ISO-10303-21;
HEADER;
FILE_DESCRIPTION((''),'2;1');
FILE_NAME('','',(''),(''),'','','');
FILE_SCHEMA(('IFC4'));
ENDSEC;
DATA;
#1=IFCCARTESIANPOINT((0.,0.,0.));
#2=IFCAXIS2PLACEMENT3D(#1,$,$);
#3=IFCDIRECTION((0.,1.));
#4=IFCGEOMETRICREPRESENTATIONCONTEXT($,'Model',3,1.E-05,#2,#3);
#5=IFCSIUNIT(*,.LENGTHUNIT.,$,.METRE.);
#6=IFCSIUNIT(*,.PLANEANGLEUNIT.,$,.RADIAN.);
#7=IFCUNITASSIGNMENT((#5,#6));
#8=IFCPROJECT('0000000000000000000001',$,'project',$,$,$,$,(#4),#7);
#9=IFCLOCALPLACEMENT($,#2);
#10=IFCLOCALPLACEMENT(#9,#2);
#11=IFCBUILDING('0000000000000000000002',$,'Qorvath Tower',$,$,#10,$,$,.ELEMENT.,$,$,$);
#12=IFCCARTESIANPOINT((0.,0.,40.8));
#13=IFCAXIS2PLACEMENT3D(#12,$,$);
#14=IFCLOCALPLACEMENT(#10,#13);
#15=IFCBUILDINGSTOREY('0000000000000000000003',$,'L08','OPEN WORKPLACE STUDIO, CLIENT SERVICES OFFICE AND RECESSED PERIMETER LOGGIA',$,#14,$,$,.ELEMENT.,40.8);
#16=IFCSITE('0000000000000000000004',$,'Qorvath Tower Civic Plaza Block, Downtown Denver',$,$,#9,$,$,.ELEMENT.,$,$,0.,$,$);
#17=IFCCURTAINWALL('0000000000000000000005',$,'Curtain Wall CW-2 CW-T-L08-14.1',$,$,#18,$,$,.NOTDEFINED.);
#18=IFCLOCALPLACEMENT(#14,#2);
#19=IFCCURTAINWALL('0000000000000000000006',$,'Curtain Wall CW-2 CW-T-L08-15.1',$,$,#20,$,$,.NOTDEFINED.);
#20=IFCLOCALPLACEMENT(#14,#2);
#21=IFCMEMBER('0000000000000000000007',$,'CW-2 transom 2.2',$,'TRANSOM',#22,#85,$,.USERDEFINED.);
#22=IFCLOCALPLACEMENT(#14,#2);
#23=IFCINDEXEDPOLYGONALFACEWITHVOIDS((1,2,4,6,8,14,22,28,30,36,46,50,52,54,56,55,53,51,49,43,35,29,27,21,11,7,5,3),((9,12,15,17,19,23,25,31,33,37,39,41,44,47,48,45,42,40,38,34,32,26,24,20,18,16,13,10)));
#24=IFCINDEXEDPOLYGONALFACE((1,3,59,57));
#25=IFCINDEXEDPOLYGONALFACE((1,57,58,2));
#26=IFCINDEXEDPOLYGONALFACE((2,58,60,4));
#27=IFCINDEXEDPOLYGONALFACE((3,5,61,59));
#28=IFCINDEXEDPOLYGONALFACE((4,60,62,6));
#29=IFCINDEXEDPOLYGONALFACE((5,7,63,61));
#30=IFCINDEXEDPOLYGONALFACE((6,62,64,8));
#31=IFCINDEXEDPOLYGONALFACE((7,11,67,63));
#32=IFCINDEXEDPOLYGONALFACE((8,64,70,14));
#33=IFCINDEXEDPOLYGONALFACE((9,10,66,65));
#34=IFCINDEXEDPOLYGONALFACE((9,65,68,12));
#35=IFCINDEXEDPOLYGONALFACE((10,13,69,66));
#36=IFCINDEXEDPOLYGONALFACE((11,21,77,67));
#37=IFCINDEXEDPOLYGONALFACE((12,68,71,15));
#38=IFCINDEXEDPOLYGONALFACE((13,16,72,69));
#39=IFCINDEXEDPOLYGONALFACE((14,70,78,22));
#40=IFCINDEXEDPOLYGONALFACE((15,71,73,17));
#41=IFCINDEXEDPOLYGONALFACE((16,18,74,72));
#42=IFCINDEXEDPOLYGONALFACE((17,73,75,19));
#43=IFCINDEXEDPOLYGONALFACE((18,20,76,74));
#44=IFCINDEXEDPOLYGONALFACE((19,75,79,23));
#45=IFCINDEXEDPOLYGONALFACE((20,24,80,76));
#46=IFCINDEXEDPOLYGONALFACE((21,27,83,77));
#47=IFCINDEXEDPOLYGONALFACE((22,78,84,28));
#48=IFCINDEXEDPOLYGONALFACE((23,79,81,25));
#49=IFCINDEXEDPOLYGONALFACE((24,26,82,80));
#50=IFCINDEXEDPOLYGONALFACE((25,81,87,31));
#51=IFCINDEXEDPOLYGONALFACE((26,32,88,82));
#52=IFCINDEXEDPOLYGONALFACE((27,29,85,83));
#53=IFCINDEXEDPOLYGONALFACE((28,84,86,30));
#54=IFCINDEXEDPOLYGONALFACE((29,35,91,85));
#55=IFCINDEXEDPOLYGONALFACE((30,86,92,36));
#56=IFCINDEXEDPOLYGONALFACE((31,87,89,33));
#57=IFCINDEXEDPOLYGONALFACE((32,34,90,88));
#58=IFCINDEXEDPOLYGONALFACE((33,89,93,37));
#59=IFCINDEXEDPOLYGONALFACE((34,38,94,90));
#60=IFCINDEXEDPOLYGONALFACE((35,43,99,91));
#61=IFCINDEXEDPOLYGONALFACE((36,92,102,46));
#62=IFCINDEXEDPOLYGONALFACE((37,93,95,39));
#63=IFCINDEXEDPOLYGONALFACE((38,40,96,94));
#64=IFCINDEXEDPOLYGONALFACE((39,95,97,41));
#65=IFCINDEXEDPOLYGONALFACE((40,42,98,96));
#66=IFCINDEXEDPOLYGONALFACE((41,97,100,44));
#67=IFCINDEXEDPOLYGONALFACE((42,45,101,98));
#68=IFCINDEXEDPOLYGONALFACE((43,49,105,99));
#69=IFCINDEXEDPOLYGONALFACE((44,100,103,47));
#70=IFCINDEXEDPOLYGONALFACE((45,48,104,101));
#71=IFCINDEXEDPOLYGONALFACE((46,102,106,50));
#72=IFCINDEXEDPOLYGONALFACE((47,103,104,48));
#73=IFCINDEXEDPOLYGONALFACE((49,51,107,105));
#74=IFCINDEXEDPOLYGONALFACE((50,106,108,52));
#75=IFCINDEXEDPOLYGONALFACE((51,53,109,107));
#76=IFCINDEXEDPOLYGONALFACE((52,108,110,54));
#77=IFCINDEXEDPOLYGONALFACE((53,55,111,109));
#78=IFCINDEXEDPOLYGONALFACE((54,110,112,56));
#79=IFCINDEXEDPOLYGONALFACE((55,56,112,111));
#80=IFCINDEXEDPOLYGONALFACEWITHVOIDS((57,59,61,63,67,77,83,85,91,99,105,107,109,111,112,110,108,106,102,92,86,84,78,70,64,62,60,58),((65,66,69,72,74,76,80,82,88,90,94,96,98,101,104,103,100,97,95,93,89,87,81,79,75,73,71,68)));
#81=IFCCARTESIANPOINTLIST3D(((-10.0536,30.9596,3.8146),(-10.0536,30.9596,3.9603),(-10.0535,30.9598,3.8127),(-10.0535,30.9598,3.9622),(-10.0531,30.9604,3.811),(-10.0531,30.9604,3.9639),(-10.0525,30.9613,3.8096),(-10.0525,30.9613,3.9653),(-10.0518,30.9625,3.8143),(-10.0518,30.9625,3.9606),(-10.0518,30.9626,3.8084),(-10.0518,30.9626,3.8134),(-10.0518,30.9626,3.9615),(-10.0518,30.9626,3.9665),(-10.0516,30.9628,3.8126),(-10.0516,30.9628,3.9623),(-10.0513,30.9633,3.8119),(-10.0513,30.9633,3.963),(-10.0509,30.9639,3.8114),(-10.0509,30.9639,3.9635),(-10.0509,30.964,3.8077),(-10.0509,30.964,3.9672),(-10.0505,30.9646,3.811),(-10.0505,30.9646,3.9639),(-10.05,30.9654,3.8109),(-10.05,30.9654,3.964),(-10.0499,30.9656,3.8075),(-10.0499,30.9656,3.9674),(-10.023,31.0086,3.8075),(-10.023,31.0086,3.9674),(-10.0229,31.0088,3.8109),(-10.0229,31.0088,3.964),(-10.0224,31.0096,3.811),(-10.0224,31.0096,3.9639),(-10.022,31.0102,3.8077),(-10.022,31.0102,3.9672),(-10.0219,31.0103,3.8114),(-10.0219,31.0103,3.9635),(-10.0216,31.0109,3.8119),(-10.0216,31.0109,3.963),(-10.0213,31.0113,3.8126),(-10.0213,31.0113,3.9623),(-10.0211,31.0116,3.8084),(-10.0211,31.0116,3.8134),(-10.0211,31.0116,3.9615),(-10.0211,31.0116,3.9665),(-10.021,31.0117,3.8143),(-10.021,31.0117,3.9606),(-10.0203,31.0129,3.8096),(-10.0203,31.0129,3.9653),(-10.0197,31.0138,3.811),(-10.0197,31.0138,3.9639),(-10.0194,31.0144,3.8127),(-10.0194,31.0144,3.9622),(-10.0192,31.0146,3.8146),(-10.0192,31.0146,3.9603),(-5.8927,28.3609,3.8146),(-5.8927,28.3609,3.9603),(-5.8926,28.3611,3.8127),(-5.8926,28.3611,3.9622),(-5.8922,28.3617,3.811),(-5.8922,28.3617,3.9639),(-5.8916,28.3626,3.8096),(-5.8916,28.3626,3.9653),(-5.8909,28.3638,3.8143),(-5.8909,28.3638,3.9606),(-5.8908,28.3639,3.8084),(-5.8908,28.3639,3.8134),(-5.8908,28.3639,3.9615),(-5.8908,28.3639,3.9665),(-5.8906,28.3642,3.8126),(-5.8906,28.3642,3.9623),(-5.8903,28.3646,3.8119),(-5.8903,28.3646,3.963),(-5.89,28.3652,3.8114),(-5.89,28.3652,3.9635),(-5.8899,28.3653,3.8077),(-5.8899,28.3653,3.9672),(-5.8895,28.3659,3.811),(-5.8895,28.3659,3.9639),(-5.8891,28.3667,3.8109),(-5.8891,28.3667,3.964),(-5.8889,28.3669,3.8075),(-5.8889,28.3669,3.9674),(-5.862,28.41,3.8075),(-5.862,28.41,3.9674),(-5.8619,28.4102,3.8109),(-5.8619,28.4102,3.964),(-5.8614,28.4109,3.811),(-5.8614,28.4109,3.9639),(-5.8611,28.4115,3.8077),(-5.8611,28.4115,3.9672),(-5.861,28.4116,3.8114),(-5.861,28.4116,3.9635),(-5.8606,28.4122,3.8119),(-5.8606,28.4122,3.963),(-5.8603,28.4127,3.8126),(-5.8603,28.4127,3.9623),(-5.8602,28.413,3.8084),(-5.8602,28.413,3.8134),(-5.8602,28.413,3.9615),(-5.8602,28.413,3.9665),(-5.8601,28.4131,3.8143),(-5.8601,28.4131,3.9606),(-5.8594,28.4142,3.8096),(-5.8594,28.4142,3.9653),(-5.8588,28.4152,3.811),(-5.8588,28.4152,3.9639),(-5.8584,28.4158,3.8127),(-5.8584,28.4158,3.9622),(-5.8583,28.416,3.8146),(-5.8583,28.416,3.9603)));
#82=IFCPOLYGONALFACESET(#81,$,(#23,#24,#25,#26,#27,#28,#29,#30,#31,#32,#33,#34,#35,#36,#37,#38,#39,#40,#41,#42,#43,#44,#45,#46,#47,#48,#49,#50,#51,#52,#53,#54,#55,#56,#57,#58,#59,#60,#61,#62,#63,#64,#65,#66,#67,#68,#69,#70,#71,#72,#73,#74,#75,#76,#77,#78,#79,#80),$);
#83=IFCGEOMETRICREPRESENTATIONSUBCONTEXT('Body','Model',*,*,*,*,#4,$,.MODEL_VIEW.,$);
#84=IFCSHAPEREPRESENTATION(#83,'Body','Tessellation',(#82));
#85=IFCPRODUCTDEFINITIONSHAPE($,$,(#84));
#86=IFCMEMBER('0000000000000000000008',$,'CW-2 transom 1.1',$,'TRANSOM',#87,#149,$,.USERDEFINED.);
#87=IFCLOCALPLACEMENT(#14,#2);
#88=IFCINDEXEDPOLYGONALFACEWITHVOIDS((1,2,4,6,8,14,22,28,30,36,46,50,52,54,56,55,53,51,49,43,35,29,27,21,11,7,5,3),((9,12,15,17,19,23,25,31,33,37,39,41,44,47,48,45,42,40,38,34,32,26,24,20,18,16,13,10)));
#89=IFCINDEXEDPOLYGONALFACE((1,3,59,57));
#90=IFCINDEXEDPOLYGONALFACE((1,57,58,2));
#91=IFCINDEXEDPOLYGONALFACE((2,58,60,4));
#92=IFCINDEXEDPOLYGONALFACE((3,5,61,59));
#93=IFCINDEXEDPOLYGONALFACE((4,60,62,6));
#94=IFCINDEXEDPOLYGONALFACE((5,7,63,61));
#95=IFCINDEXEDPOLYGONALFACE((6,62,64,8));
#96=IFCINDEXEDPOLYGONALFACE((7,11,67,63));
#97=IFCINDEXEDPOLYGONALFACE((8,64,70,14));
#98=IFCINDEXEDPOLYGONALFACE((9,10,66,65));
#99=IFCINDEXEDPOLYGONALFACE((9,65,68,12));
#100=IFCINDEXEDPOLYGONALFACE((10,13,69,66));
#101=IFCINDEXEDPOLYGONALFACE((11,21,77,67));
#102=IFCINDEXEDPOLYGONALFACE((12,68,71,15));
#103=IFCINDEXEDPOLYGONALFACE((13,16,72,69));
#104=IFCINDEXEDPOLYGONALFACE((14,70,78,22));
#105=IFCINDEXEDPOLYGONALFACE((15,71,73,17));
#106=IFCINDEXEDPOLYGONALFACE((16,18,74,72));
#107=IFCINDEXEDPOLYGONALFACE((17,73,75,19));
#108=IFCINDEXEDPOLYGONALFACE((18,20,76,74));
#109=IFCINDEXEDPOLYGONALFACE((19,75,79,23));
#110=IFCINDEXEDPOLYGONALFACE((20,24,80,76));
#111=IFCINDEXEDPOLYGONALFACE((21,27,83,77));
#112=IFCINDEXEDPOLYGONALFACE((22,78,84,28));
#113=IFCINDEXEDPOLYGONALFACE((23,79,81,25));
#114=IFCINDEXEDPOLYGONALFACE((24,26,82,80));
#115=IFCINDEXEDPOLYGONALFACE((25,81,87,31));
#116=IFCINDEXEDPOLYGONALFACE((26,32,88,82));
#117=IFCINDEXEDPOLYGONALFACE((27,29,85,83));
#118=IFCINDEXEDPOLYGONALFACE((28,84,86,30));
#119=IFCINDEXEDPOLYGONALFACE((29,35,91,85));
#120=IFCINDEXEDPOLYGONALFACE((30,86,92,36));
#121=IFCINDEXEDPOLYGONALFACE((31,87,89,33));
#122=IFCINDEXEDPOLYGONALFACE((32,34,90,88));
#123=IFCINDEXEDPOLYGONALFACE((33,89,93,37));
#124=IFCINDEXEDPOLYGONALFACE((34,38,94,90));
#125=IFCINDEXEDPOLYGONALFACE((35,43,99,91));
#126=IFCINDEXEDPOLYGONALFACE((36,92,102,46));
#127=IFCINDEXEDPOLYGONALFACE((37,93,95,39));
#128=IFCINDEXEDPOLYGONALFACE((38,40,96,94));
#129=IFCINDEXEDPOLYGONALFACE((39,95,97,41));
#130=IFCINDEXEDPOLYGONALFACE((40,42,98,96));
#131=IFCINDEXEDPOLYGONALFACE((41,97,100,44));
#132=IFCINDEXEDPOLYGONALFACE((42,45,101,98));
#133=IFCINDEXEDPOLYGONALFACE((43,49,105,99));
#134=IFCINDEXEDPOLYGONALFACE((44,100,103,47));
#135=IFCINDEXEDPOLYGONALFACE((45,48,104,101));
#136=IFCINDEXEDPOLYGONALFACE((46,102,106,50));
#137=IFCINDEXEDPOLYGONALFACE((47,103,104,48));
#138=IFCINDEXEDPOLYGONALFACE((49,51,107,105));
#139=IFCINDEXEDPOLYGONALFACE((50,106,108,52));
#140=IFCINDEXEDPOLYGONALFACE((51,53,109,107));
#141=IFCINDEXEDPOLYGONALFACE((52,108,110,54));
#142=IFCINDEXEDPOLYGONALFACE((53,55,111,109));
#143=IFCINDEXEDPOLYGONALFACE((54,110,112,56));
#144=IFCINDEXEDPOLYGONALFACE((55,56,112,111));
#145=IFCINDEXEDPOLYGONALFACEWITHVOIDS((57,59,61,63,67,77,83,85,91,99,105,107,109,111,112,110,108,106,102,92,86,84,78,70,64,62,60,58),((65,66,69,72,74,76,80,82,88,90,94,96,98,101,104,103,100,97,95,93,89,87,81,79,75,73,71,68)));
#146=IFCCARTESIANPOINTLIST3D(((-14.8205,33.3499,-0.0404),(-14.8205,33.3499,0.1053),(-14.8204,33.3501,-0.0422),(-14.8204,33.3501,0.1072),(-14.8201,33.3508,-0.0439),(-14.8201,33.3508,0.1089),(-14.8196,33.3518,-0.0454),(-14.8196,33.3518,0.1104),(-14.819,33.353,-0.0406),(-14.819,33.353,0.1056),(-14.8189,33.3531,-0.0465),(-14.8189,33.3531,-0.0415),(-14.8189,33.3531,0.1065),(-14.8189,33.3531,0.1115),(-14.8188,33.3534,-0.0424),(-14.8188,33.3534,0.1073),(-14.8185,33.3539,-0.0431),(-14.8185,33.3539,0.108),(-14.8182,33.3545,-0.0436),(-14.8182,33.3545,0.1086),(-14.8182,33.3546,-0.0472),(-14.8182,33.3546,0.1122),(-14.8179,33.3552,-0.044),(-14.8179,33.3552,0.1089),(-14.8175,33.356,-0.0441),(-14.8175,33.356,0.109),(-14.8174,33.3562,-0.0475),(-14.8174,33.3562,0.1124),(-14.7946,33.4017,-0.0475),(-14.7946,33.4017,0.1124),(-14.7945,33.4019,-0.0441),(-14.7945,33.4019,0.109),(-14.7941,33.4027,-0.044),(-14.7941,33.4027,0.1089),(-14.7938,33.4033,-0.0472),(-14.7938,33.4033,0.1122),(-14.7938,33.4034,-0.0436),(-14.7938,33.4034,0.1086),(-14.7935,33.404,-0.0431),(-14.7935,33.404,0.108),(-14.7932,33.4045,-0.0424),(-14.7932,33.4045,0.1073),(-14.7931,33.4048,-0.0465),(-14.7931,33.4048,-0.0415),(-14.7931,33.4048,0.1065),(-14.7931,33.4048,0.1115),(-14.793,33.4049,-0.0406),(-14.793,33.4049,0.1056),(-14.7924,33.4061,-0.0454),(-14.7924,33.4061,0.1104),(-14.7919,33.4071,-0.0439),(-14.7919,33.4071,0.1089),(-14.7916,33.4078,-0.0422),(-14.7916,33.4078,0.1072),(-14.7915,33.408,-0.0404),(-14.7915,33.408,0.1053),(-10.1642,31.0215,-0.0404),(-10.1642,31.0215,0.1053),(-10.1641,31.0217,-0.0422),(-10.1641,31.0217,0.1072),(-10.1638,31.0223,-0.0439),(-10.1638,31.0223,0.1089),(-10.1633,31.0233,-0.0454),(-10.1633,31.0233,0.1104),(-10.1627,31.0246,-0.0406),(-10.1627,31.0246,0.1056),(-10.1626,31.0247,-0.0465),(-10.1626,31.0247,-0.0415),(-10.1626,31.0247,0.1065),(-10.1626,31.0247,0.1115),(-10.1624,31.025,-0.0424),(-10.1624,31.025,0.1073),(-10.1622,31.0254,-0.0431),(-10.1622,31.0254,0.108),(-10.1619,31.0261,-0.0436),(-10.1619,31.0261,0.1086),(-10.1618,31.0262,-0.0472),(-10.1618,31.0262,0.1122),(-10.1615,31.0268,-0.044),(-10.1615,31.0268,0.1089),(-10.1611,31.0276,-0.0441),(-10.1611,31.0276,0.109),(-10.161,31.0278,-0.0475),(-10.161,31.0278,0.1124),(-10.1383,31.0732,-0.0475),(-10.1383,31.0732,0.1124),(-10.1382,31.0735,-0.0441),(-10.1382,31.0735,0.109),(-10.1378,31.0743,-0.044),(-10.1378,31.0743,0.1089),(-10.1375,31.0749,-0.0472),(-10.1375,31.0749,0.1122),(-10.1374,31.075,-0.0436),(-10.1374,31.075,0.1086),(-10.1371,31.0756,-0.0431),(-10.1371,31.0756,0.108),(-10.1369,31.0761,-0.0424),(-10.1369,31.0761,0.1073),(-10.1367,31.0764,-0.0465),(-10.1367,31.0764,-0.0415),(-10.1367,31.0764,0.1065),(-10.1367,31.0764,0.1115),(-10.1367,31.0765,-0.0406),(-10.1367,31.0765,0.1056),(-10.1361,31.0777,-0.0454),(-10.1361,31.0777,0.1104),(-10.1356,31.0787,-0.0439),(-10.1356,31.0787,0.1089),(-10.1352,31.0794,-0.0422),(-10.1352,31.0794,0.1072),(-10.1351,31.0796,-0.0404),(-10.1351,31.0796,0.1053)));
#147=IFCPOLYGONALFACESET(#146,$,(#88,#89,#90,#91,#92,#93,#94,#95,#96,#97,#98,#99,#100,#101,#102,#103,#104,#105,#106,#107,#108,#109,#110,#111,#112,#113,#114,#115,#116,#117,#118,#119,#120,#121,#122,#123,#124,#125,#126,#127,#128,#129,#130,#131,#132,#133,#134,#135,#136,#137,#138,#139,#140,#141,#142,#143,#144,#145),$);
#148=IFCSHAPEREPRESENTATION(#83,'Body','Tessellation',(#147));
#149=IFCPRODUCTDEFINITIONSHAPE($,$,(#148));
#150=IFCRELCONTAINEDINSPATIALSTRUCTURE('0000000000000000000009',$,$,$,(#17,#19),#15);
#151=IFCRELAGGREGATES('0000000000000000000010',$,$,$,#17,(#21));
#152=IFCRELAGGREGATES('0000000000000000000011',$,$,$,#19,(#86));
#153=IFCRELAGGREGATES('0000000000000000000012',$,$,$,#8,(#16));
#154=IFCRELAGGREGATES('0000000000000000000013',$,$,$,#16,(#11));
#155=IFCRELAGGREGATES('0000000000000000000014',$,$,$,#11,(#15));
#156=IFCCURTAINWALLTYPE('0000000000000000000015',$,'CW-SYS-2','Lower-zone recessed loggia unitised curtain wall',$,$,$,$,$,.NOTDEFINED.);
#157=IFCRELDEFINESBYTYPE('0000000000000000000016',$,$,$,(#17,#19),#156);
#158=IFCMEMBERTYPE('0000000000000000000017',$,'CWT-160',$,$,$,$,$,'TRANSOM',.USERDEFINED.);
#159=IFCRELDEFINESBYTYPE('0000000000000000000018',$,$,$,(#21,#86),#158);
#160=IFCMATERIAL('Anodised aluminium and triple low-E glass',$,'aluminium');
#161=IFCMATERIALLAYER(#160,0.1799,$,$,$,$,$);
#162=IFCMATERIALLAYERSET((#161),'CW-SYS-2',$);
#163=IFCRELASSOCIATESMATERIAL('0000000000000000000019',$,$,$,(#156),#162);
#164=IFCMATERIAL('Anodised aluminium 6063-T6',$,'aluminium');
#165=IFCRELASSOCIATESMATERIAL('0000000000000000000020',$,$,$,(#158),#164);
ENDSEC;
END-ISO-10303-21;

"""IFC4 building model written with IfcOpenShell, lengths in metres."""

from ifc_helpers import new_model, si_unit, direction, frame, origin, origin_2d, place, context, subcontext, project, spatial, hollow_rectangle, extrude, material, layer, layer_set, material_profile, profile_set, type_object, element, aggregate, save


model = new_model("IFC4")

# Units and contexts
model_context = context("Model", 3, precision=1e-05, world=origin(), true_north=direction((0.0, 1.0)))
body_context = subcontext(model_context, "Body", "Model", "MODEL_VIEW")
ifc_project = project(units=[si_unit("LENGTHUNIT", "METRE"), si_unit("PLANEANGLEUNIT", "RADIAN")], contexts=[model_context])

# Site, building, storey
site_placement = place(None, origin())
site = spatial("IfcSite", under=ifc_project, at=site_placement, Name="Qorvath Tower Civic Plaza Block, Downtown Denver", CompositionType="ELEMENT", RefElevation=0.0)
building_placement = place(site_placement, origin())
building = spatial("IfcBuilding", under=site, at=building_placement, Name="Qorvath Tower", CompositionType="ELEMENT")
storey_placement = place(building_placement, frame((0.0, 0.0, 40.8)))
storey = spatial("IfcBuildingStorey", under=building, at=storey_placement, Name="L08", Description="OPEN WORKPLACE STUDIO, CLIENT SERVICES OFFICE AND RECESSED PERIMETER LOGGIA", CompositionType="ELEMENT", Elevation=40.8)

# Curtain walls
ifc_material_1 = material(Name="Anodised aluminium and triple low-E glass", Category="aluminium")
ifc_layer_1 = layer(ifc_material_1, 0.1799)
ifc_layer_set_1 = layer_set([ifc_layer_1], Name="CW-SYS-2")
curtain_wall_type = type_object("IfcCurtainWallType", Name="CW-SYS-2", Description="Lower-zone recessed loggia unitised curtain wall", PredefinedType="NOTDEFINED", material=ifc_layer_set_1)
curtain_wall_1_placement = place(storey_placement, origin())
curtain_wall_1 = element("IfcCurtainWall", 1, at=curtain_wall_1_placement, inside=storey, type_object=curtain_wall_type, Name="Curtain Wall CW-2 CW-T-L08-14.1", PredefinedType="NOTDEFINED")
curtain_wall_2_placement = place(storey_placement, origin())
curtain_wall_2 = element("IfcCurtainWall", 2, at=curtain_wall_2_placement, inside=storey, type_object=curtain_wall_type, Name="Curtain Wall CW-2 CW-T-L08-15.1", PredefinedType="NOTDEFINED")

# Members
ifc_material_2 = material(Name="Anodised aluminium 6063-T6", Category="aluminium")
ifc_material_profile_1 = material_profile(ifc_material_2, hollow_rectangle(XDim=0.0649, YDim=0.1599, WallThickness=0.0034, InnerFilletRadius=0.0034, OuterFilletRadius=0.0071, at=origin_2d()), Name="CWT 160x65")
ifc_profile_set_1 = profile_set([ifc_material_profile_1], Name="Anodised aluminium 6063-T6")
member_type_1 = type_object("IfcMemberType", Name="CWT-160", ElementType="TRANSOM", PredefinedType="USERDEFINED", material=ifc_profile_set_1)
member_1_placement = place(storey_placement, frame((-5.8755, 28.3884, 3.8875), z_axis=(-0.848174, 0.529717, 0.0), x_axis=(-0.529717, -0.848174, 0.0)))
member_1 = element("IfcMember", 3, at=member_1_placement, type_object=member_type_1, Name="CW-2 transom 2.2", ObjectType="TRANSOM", PredefinedType="USERDEFINED", context=body_context, shape_type="SweptSolid", body=[
    extrude(hollow_rectangle(XDim=0.0649, YDim=0.1599, WallThickness=0.0034, InnerFilletRadius=0.0034, OuterFilletRadius=0.0071, at=origin_2d()), origin(), (0.0, 0.0, 1.0), 4.9058),
])
member_2_placement = place(storey_placement, frame((-10.1497, 31.0505, 0.0325), z_axis=(-0.894408, 0.447251, 0.0), x_axis=(-0.447251, -0.894408, 0.0)))
member_2 = element("IfcMember", 4, at=member_2_placement, type_object=member_type_1, Name="CW-2 transom 1.1", ObjectType="TRANSOM", PredefinedType="USERDEFINED", context=body_context, shape_type="SweptSolid", body=[
    extrude(hollow_rectangle(XDim=0.0649, YDim=0.1599, WallThickness=0.0034, InnerFilletRadius=0.0034, OuterFilletRadius=0.0071, at=origin_2d()), origin(), (0.0, 0.0, 1.0), 5.2061),
])

aggregate(curtain_wall_1, [member_1])
aggregate(curtain_wall_2, [member_2])

save(model, "model.ifc")
